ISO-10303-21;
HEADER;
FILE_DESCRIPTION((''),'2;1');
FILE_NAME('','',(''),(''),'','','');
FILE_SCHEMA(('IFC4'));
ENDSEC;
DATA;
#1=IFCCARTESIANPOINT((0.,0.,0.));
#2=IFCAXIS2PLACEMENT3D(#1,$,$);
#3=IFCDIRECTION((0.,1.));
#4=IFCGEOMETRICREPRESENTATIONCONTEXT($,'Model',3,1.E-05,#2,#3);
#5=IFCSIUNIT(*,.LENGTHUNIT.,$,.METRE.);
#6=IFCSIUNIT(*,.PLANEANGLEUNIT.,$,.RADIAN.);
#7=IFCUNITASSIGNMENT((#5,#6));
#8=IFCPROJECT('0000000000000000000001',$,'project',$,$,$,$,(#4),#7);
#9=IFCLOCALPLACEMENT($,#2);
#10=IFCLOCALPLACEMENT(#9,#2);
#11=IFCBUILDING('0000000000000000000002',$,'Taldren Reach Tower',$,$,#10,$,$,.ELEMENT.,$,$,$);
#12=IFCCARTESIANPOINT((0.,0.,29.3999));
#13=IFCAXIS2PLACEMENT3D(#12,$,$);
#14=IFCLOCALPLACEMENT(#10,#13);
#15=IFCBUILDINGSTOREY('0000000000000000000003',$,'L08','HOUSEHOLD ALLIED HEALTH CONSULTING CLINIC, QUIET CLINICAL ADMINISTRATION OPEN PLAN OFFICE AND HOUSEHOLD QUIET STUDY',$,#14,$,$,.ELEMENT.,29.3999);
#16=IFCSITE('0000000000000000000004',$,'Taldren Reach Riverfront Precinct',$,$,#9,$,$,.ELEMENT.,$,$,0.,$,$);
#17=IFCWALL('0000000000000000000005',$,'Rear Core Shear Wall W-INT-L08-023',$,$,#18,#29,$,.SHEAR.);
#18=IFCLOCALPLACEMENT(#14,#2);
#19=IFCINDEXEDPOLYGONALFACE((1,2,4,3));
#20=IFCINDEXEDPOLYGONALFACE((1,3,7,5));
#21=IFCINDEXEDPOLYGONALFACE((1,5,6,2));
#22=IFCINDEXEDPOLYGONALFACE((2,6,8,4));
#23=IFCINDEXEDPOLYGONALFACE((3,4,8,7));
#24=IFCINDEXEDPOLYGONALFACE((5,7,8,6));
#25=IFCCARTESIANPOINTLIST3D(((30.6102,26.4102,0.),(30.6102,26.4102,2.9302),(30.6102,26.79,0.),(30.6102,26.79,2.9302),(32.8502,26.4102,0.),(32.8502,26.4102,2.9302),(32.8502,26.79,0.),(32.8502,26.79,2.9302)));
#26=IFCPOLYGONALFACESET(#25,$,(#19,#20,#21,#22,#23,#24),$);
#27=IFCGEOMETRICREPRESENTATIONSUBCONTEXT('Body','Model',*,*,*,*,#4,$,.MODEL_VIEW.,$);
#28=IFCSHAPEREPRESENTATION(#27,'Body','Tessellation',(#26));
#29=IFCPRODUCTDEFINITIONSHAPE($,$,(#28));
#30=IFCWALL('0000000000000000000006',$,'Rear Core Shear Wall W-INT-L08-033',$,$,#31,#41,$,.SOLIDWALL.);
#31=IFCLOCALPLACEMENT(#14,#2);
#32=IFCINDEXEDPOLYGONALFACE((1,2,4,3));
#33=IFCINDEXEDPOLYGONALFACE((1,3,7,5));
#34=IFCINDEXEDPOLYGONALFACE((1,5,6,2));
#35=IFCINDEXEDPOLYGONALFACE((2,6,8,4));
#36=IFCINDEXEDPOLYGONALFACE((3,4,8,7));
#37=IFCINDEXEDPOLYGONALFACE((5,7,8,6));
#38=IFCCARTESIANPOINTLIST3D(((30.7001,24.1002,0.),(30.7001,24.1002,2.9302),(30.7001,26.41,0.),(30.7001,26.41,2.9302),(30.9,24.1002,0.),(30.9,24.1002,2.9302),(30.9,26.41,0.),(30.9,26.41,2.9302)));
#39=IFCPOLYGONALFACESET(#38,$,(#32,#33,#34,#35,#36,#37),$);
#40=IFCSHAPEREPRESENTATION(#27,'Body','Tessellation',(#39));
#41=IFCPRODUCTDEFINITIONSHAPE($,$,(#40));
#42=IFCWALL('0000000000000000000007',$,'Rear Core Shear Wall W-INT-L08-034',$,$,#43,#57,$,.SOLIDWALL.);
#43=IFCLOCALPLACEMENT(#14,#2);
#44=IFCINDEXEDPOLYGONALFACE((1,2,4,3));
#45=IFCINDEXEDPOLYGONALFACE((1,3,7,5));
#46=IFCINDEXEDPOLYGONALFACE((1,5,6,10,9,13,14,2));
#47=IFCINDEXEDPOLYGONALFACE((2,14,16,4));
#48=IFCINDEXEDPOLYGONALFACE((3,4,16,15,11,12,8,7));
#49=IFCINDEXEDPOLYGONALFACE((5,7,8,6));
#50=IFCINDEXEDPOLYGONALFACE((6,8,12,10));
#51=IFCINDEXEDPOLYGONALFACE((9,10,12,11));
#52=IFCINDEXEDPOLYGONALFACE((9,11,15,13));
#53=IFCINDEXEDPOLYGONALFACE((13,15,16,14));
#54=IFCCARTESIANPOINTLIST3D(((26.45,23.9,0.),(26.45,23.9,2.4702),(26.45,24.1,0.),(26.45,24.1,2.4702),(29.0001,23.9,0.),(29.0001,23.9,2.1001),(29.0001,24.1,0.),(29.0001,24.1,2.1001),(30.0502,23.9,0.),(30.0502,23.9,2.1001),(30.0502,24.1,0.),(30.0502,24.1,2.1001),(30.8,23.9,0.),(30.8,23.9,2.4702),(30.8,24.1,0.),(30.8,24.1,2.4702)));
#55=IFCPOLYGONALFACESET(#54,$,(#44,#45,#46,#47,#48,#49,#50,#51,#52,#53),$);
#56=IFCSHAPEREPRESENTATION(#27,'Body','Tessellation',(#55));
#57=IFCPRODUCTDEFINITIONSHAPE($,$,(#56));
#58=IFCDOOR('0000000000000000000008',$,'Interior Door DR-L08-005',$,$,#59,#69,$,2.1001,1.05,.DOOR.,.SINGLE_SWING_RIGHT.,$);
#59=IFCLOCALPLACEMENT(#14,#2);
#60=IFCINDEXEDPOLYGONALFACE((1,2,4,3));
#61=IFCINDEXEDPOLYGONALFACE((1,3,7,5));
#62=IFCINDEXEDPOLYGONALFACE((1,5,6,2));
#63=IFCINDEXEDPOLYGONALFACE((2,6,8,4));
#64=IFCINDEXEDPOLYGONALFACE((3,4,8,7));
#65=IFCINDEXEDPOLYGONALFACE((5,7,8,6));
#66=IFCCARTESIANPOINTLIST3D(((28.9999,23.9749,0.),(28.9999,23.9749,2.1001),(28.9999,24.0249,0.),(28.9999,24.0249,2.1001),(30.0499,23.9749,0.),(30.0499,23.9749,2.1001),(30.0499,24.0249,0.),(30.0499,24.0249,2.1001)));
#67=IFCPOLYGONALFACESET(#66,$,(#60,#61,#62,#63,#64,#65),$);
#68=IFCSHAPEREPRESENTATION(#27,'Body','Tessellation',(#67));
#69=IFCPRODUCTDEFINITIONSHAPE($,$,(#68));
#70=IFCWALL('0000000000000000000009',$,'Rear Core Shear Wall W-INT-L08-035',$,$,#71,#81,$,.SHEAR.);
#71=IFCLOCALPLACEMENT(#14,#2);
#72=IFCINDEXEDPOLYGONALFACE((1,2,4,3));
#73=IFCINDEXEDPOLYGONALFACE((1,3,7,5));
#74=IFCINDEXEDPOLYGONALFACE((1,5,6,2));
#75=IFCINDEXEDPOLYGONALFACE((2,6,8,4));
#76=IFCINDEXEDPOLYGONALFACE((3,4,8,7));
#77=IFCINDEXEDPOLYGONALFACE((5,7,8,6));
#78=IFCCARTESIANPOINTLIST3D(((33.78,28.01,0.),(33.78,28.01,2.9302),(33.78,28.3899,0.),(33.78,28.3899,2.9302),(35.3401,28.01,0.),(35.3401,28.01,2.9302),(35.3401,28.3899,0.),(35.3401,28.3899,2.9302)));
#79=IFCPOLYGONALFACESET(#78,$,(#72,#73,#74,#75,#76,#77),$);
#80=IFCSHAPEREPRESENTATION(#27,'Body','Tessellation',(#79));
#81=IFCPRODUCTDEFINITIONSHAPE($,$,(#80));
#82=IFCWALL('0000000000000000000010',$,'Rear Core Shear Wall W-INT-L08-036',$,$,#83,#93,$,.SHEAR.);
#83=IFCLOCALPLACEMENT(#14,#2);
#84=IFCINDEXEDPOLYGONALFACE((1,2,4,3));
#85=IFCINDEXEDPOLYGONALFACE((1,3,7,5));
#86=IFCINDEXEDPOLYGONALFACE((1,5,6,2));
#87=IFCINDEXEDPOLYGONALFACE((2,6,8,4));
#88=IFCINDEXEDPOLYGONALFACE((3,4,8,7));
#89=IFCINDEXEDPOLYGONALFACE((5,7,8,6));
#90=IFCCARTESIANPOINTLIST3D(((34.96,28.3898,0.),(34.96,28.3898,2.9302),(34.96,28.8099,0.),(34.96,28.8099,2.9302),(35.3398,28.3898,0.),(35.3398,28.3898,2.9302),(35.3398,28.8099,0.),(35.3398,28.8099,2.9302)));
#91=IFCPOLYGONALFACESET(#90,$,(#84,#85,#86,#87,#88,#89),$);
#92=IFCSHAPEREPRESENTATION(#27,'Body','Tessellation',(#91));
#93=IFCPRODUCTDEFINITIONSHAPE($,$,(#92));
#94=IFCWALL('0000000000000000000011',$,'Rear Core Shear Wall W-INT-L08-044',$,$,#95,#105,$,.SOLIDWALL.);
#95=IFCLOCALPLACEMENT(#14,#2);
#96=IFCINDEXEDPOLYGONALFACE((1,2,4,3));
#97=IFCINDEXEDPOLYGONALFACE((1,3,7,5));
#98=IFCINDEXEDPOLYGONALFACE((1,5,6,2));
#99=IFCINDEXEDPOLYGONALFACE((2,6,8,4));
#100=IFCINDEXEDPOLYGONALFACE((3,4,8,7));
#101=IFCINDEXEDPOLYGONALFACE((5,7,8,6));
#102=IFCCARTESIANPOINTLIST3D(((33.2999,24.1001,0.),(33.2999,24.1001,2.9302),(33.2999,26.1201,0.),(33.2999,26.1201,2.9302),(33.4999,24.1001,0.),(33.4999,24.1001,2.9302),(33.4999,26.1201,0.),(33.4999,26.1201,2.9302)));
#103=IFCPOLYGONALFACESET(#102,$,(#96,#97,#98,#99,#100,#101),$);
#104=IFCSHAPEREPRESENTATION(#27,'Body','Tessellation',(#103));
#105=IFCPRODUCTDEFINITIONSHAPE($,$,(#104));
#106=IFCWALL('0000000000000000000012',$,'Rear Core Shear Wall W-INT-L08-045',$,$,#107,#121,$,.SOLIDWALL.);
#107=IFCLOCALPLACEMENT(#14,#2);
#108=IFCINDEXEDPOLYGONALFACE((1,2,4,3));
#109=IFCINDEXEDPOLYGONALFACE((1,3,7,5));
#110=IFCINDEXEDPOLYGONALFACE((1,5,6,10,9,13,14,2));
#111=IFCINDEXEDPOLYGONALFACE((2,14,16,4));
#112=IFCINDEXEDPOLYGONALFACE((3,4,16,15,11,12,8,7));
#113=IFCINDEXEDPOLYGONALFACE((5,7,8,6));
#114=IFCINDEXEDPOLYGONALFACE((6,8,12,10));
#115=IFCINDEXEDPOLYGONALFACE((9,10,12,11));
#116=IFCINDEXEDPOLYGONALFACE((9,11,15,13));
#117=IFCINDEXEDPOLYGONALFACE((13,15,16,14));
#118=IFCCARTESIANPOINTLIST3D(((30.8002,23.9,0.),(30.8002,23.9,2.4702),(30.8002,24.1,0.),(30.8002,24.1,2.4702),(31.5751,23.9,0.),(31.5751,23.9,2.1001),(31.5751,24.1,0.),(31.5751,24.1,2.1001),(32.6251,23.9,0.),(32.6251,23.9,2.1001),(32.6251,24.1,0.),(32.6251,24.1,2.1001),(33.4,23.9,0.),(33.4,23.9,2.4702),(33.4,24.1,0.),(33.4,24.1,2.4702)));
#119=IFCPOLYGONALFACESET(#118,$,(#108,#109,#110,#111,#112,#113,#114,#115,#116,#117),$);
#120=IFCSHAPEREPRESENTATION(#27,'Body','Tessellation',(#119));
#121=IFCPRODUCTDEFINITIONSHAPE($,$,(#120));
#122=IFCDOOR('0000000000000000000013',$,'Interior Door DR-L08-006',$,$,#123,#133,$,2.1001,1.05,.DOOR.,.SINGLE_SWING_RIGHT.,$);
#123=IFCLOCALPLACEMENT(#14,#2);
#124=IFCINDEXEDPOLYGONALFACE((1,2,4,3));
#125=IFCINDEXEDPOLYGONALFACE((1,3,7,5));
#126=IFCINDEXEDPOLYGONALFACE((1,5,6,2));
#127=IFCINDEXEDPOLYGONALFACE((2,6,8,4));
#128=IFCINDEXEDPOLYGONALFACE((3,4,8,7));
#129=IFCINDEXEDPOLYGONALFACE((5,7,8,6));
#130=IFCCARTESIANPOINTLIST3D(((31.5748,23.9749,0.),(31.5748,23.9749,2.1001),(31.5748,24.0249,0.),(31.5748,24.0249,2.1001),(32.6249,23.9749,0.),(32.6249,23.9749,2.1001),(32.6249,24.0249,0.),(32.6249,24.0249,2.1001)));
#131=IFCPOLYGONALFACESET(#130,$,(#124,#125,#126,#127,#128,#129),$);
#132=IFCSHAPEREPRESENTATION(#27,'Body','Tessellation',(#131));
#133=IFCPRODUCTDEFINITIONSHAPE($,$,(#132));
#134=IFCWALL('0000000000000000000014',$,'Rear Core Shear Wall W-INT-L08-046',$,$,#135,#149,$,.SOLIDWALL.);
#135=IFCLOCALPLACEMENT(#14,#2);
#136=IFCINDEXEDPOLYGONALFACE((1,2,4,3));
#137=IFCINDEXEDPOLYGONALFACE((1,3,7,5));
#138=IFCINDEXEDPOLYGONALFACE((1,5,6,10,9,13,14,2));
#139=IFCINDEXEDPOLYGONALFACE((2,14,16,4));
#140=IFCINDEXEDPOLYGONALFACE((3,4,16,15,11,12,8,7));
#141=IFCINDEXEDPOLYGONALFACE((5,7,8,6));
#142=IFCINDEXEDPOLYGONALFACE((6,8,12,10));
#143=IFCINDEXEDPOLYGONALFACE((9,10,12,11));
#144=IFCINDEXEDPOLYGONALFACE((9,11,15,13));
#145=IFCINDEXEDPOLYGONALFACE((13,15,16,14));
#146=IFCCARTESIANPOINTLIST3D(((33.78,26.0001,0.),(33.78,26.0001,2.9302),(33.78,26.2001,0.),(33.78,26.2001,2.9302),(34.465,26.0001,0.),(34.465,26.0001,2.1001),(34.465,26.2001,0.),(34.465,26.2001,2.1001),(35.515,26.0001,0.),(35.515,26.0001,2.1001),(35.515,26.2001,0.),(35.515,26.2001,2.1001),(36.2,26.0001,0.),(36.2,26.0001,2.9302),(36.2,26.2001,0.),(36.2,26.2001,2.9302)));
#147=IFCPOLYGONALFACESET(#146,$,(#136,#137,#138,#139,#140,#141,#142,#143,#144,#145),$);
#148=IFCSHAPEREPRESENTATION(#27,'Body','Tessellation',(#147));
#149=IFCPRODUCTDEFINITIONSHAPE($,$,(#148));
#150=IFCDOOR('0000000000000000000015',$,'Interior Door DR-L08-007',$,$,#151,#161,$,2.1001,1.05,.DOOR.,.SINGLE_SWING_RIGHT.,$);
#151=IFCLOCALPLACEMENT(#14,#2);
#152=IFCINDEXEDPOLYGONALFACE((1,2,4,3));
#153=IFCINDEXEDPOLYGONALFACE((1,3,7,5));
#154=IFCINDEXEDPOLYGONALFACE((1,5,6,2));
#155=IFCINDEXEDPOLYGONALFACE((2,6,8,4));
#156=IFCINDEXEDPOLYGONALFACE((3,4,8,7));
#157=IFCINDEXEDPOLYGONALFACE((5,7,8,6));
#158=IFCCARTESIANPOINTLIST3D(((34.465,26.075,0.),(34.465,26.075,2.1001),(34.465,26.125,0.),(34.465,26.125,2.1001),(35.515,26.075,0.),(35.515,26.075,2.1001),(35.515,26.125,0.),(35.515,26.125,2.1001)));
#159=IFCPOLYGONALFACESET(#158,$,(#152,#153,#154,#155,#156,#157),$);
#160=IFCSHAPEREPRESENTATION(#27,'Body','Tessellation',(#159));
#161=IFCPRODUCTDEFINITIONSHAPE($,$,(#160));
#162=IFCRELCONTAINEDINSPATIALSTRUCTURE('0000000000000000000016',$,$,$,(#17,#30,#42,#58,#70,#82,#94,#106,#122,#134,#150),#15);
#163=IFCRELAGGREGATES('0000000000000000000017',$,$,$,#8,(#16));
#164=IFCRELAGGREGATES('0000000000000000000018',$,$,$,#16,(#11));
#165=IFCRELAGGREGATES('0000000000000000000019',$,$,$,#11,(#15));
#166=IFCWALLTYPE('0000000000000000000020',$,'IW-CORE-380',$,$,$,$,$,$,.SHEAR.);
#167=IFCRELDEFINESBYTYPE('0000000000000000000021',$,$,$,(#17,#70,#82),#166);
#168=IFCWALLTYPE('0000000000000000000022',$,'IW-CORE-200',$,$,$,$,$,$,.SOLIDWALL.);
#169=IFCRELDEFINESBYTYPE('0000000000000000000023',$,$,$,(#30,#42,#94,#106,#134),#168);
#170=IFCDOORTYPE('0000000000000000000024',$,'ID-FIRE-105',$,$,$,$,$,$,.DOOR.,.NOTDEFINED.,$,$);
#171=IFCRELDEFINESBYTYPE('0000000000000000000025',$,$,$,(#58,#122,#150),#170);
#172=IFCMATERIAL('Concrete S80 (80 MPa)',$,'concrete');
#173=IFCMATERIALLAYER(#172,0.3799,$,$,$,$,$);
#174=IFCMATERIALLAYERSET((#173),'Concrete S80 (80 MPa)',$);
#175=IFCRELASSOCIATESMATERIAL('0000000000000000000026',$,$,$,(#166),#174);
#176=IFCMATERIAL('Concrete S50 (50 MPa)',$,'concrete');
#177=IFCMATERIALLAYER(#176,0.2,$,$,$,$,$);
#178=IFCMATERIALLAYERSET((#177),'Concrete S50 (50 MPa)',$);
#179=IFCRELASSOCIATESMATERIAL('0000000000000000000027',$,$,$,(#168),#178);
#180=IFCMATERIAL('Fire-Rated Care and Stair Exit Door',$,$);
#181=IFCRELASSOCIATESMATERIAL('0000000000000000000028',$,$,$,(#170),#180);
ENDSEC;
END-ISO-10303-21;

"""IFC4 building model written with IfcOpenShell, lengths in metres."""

from ifc_helpers import new_model, si_unit, direction, frame, frame_2d, origin, place, context, subcontext, project, spatial, rectangle, extrude, source, transform, mapped, material, layer, layer_set, type_object, element, fill, save


model = new_model("IFC4")

# Units and contexts
model_context = context("Model", 3, precision=1e-05, world=origin(), true_north=direction((0.0, 1.0)))
body_context = subcontext(model_context, "Body", "Model", "MODEL_VIEW")
ifc_project = project(units=[si_unit("LENGTHUNIT", "METRE"), si_unit("PLANEANGLEUNIT", "RADIAN")], contexts=[model_context])

# Site, building, storey
site_placement = place(None, origin())
site = spatial("IfcSite", under=ifc_project, at=site_placement, Name="Taldren Reach Riverfront Precinct", CompositionType="ELEMENT", RefElevation=0.0)
building_placement = place(site_placement, origin())
building = spatial("IfcBuilding", under=site, at=building_placement, Name="Taldren Reach Tower", CompositionType="ELEMENT")
storey_placement = place(building_placement, frame((0.0, 0.0, 29.3999)))
storey = spatial("IfcBuildingStorey", under=building, at=storey_placement, Name="L08", Description="HOUSEHOLD ALLIED HEALTH CONSULTING CLINIC, QUIET CLINICAL ADMINISTRATION OPEN PLAN OFFICE AND HOUSEHOLD QUIET STUDY", CompositionType="ELEMENT", Elevation=29.3999)

# Wall
ifc_material_1 = material(Name="Concrete S80 (80 MPa)", Category="concrete")
ifc_layer_1 = layer(ifc_material_1, 0.3799)
ifc_layer_set_1 = layer_set([ifc_layer_1], Name="Concrete S80 (80 MPa)")
wall_type_1 = type_object("IfcWallType", Name="IW-CORE-380", PredefinedType="SHEAR", material=ifc_layer_set_1)
shared_shape_1 = source(origin(), body_context, "Body", "SweptSolid", [
    extrude(rectangle(XDim=2.24, YDim=0.3799, at=frame_2d((1.1201, 0.0))), origin(), (0.0, 0.0, 1.0), 2.9302),
])
wall_1_placement = place(storey_placement, frame((30.6101, 26.6001, 0.0), z_axis=(0.0, 0.0, 1.0), x_axis=(1.0, 0.0, 0.0)))
element("IfcWall", 1, at=wall_1_placement, inside=storey, type_object=wall_type_1, Name="Rear Core Shear Wall W-INT-L08-023", PredefinedType="SHEAR", context=body_context, shape_type="MappedRepresentation", body=[
    mapped(shared_shape_1, transform((0.0, 0.0, 0.0), scale=1.0)),
])

# Wall
ifc_material_2 = material(Name="Concrete S50 (50 MPa)", Category="concrete")
ifc_layer_2 = layer(ifc_material_2, 0.2)
ifc_layer_set_2 = layer_set([ifc_layer_2], Name="Concrete S50 (50 MPa)")
wall_type_2 = type_object("IfcWallType", Name="IW-CORE-200", PredefinedType="SOLIDWALL", material=ifc_layer_set_2)
shared_shape_2 = source(origin(), body_context, "Body", "SweptSolid", [
    extrude(rectangle(XDim=2.3098, YDim=0.2, at=frame_2d((1.1548, 0.0))), origin(), (0.0, 0.0, 1.0), 2.9302),
])
wall_2_placement = place(storey_placement, frame((30.8, 26.4099, 0.0), z_axis=(0.0, 0.0, 1.0), x_axis=(0.0, -1.0, 0.0)))
element("IfcWall", 2, at=wall_2_placement, inside=storey, type_object=wall_type_2, Name="Rear Core Shear Wall W-INT-L08-033", PredefinedType="SOLIDWALL", context=body_context, shape_type="MappedRepresentation", body=[
    mapped(shared_shape_2, transform((0.0, 0.0, 0.0), scale=1.0)),
])

# Wall, opening, door
shared_shape_3 = source(origin(), body_context, "Body", "SweptSolid", [
    extrude(rectangle(XDim=4.3501, YDim=0.2, at=frame_2d((2.175, 0.0))), origin(), (0.0, 0.0, 1.0), 2.4702),
])
wall_3_placement = place(storey_placement, frame((30.8, 24.0, 0.0), z_axis=(0.0, 0.0, 1.0), x_axis=(-1.0, 0.0, 0.0)))
wall_3 = element("IfcWall", 3, at=wall_3_placement, inside=storey, type_object=wall_type_2, Name="Rear Core Shear Wall W-INT-L08-034", PredefinedType="SOLIDWALL", context=body_context, shape_type="MappedRepresentation", body=[
    mapped(shared_shape_3, transform((0.0, 0.0, 0.0), scale=1.0)),
])
shared_shape_4 = source(origin(), body_context, "Body", "SweptSolid", [
    extrude(rectangle(XDim=1.05, YDim=2.1001, at=frame_2d((0.5249, 1.05))), frame((0.0, 0.1099, 0.0), z_axis=(0.0, -1.0, 0.0), x_axis=(1.0, 0.0, 0.0)), (0.0, 0.0, 1.0), 0.22),
])
opening_1_placement = place(wall_3_placement, frame((0.75, 0.0, 0.0)))
opening_1 = element("IfcOpeningElement", 4, at=opening_1_placement, cuts=wall_3, PredefinedType="OPENING", context=body_context, shape_type="MappedRepresentation", body=[
    mapped(shared_shape_4, transform((0.0, 0.0, 0.0), scale=1.0)),
])
ifc_material_3 = material(Name="Fire-Rated Care and Stair Exit Door")
door_type_1 = type_object("IfcDoorType", Name="ID-FIRE-105", OperationType="NOTDEFINED", PredefinedType="DOOR", material=ifc_material_3)
shared_shape_5 = source(origin(), body_context, "Body", "SweptSolid", [
    extrude(rectangle(XDim=1.05, YDim=2.1001, at=frame_2d((0.5249, 1.05))), frame((0.0, 0.0249, 0.0), z_axis=(0.0, -1.0, 0.0), x_axis=(1.0, 0.0, 0.0)), (0.0, 0.0, 1.0), 0.05),
])
door_1_placement = place(opening_1_placement, frame((1.05, 0.0, 0.0), z_axis=(0.0, 0.0, 1.0), x_axis=(-1.0, 0.0, 0.0)))
door_1 = element("IfcDoor", 5, at=door_1_placement, inside=storey, type_object=door_type_1, Name="Interior Door DR-L08-005", OperationType="SINGLE_SWING_RIGHT", OverallHeight=2.1001, OverallWidth=1.05, PredefinedType="DOOR", context=body_context, shape_type="MappedRepresentation", body=[
    mapped(shared_shape_5, transform((0.0, 0.0, 0.0), scale=1.0)),
])
fill(opening_1, door_1)

# Walls
shared_shape_6 = source(origin(), body_context, "Body", "SweptSolid", [
    extrude(rectangle(XDim=1.5601, YDim=0.3799, at=frame_2d((0.78, 0.0))), origin(), (0.0, 0.0, 1.0), 2.9302),
])
wall_4_placement = place(storey_placement, frame((33.78, 28.2, 0.0), z_axis=(0.0, 0.0, 1.0), x_axis=(1.0, 0.0, 0.0)))
element("IfcWall", 6, at=wall_4_placement, inside=storey, type_object=wall_type_1, Name="Rear Core Shear Wall W-INT-L08-035", PredefinedType="SHEAR", context=body_context, shape_type="MappedRepresentation", body=[
    mapped(shared_shape_6, transform((0.0, 0.0, 0.0), scale=1.0)),
])
shared_shape_7 = source(origin(), body_context, "Body", "SweptSolid", [
    extrude(rectangle(XDim=0.4202, YDim=0.3799, at=frame_2d((0.21, 0.0))), origin(), (0.0, 0.0, 1.0), 2.9302),
])
wall_5_placement = place(storey_placement, frame((35.1499, 28.3899, 0.0), z_axis=(0.0, 0.0, 1.0), x_axis=(0.0, 1.0, 0.0)))
element("IfcWall", 7, at=wall_5_placement, inside=storey, type_object=wall_type_1, Name="Rear Core Shear Wall W-INT-L08-036", PredefinedType="SHEAR", context=body_context, shape_type="MappedRepresentation", body=[
    mapped(shared_shape_7, transform((0.0, 0.0, 0.0), scale=1.0)),
])
shared_shape_8 = source(origin(), body_context, "Body", "SweptSolid", [
    extrude(rectangle(XDim=2.02, YDim=0.2, at=frame_2d((1.01, 0.0))), origin(), (0.0, 0.0, 1.0), 2.9302),
])
wall_6_placement = place(storey_placement, frame((33.3999, 26.1201, 0.0), z_axis=(0.0, 0.0, 1.0), x_axis=(0.0, -1.0, 0.0)))
element("IfcWall", 8, at=wall_6_placement, inside=storey, type_object=wall_type_2, Name="Rear Core Shear Wall W-INT-L08-044", PredefinedType="SOLIDWALL", context=body_context, shape_type="MappedRepresentation", body=[
    mapped(shared_shape_8, transform((0.0, 0.0, 0.0), scale=1.0)),
])

# Walls, openings, doors
shared_shape_9 = source(origin(), body_context, "Body", "SweptSolid", [
    extrude(rectangle(XDim=2.5999, YDim=0.2, at=frame_2d((1.2998, 0.0))), origin(), (0.0, 0.0, 1.0), 2.4702),
])
wall_7_placement = place(storey_placement, frame((33.3999, 24.0, 0.0), z_axis=(0.0, 0.0, 1.0), x_axis=(-1.0, 0.0, 0.0)))
wall_7 = element("IfcWall", 9, at=wall_7_placement, inside=storey, type_object=wall_type_2, Name="Rear Core Shear Wall W-INT-L08-045", PredefinedType="SOLIDWALL", context=body_context, shape_type="MappedRepresentation", body=[
    mapped(shared_shape_9, transform((0.0, 0.0, 0.0), scale=1.0)),
])
opening_2_placement = place(wall_7_placement, frame((0.7749, 0.0, 0.0)))
opening_2 = element("IfcOpeningElement", 10, at=opening_2_placement, cuts=wall_7, PredefinedType="OPENING", context=body_context, shape_type="MappedRepresentation", body=[
    mapped(shared_shape_4, transform((0.0, 0.0, 0.0), scale=1.0)),
])
door_2_placement = place(opening_2_placement, frame((1.05, 0.0, 0.0), z_axis=(0.0, 0.0, 1.0), x_axis=(-1.0, 0.0, 0.0)))
door_2 = element("IfcDoor", 11, at=door_2_placement, inside=storey, type_object=door_type_1, Name="Interior Door DR-L08-006", OperationType="SINGLE_SWING_RIGHT", OverallHeight=2.1001, OverallWidth=1.05, PredefinedType="DOOR", context=body_context, shape_type="MappedRepresentation", body=[
    mapped(shared_shape_5, transform((0.0, 0.0, 0.0), scale=1.0)),
])
fill(opening_2, door_2)
shared_shape_10 = source(origin(), body_context, "Body", "SweptSolid", [
    extrude(rectangle(XDim=2.4199, YDim=0.2, at=frame_2d((1.21, 0.0))), origin(), (0.0, 0.0, 1.0), 2.9302),
])
wall_8_placement = place(storey_placement, frame((33.78, 26.1001, 0.0), z_axis=(0.0, 0.0, 1.0), x_axis=(1.0, 0.0, 0.0)))
wall_8 = element("IfcWall", 12, at=wall_8_placement, inside=storey, type_object=wall_type_2, Name="Rear Core Shear Wall W-INT-L08-046", PredefinedType="SOLIDWALL", context=body_context, shape_type="MappedRepresentation", body=[
    mapped(shared_shape_10, transform((0.0, 0.0, 0.0), scale=1.0)),
])
opening_3_placement = place(wall_8_placement, frame((0.6851, 0.0, 0.0)))
opening_3 = element("IfcOpeningElement", 13, at=opening_3_placement, cuts=wall_8, PredefinedType="OPENING", context=body_context, shape_type="MappedRepresentation", body=[
    mapped(shared_shape_4, transform((0.0, 0.0, 0.0), scale=1.0)),
])
door_3_placement = place(opening_3_placement, origin())
door_3 = element("IfcDoor", 14, at=door_3_placement, inside=storey, type_object=door_type_1, Name="Interior Door DR-L08-007", OperationType="SINGLE_SWING_RIGHT", OverallHeight=2.1001, OverallWidth=1.05, PredefinedType="DOOR", context=body_context, shape_type="MappedRepresentation", body=[
    mapped(shared_shape_5, transform((0.0, 0.0, 0.0), scale=1.0)),
])
fill(opening_3, door_3)

save(model, "model.ifc")
